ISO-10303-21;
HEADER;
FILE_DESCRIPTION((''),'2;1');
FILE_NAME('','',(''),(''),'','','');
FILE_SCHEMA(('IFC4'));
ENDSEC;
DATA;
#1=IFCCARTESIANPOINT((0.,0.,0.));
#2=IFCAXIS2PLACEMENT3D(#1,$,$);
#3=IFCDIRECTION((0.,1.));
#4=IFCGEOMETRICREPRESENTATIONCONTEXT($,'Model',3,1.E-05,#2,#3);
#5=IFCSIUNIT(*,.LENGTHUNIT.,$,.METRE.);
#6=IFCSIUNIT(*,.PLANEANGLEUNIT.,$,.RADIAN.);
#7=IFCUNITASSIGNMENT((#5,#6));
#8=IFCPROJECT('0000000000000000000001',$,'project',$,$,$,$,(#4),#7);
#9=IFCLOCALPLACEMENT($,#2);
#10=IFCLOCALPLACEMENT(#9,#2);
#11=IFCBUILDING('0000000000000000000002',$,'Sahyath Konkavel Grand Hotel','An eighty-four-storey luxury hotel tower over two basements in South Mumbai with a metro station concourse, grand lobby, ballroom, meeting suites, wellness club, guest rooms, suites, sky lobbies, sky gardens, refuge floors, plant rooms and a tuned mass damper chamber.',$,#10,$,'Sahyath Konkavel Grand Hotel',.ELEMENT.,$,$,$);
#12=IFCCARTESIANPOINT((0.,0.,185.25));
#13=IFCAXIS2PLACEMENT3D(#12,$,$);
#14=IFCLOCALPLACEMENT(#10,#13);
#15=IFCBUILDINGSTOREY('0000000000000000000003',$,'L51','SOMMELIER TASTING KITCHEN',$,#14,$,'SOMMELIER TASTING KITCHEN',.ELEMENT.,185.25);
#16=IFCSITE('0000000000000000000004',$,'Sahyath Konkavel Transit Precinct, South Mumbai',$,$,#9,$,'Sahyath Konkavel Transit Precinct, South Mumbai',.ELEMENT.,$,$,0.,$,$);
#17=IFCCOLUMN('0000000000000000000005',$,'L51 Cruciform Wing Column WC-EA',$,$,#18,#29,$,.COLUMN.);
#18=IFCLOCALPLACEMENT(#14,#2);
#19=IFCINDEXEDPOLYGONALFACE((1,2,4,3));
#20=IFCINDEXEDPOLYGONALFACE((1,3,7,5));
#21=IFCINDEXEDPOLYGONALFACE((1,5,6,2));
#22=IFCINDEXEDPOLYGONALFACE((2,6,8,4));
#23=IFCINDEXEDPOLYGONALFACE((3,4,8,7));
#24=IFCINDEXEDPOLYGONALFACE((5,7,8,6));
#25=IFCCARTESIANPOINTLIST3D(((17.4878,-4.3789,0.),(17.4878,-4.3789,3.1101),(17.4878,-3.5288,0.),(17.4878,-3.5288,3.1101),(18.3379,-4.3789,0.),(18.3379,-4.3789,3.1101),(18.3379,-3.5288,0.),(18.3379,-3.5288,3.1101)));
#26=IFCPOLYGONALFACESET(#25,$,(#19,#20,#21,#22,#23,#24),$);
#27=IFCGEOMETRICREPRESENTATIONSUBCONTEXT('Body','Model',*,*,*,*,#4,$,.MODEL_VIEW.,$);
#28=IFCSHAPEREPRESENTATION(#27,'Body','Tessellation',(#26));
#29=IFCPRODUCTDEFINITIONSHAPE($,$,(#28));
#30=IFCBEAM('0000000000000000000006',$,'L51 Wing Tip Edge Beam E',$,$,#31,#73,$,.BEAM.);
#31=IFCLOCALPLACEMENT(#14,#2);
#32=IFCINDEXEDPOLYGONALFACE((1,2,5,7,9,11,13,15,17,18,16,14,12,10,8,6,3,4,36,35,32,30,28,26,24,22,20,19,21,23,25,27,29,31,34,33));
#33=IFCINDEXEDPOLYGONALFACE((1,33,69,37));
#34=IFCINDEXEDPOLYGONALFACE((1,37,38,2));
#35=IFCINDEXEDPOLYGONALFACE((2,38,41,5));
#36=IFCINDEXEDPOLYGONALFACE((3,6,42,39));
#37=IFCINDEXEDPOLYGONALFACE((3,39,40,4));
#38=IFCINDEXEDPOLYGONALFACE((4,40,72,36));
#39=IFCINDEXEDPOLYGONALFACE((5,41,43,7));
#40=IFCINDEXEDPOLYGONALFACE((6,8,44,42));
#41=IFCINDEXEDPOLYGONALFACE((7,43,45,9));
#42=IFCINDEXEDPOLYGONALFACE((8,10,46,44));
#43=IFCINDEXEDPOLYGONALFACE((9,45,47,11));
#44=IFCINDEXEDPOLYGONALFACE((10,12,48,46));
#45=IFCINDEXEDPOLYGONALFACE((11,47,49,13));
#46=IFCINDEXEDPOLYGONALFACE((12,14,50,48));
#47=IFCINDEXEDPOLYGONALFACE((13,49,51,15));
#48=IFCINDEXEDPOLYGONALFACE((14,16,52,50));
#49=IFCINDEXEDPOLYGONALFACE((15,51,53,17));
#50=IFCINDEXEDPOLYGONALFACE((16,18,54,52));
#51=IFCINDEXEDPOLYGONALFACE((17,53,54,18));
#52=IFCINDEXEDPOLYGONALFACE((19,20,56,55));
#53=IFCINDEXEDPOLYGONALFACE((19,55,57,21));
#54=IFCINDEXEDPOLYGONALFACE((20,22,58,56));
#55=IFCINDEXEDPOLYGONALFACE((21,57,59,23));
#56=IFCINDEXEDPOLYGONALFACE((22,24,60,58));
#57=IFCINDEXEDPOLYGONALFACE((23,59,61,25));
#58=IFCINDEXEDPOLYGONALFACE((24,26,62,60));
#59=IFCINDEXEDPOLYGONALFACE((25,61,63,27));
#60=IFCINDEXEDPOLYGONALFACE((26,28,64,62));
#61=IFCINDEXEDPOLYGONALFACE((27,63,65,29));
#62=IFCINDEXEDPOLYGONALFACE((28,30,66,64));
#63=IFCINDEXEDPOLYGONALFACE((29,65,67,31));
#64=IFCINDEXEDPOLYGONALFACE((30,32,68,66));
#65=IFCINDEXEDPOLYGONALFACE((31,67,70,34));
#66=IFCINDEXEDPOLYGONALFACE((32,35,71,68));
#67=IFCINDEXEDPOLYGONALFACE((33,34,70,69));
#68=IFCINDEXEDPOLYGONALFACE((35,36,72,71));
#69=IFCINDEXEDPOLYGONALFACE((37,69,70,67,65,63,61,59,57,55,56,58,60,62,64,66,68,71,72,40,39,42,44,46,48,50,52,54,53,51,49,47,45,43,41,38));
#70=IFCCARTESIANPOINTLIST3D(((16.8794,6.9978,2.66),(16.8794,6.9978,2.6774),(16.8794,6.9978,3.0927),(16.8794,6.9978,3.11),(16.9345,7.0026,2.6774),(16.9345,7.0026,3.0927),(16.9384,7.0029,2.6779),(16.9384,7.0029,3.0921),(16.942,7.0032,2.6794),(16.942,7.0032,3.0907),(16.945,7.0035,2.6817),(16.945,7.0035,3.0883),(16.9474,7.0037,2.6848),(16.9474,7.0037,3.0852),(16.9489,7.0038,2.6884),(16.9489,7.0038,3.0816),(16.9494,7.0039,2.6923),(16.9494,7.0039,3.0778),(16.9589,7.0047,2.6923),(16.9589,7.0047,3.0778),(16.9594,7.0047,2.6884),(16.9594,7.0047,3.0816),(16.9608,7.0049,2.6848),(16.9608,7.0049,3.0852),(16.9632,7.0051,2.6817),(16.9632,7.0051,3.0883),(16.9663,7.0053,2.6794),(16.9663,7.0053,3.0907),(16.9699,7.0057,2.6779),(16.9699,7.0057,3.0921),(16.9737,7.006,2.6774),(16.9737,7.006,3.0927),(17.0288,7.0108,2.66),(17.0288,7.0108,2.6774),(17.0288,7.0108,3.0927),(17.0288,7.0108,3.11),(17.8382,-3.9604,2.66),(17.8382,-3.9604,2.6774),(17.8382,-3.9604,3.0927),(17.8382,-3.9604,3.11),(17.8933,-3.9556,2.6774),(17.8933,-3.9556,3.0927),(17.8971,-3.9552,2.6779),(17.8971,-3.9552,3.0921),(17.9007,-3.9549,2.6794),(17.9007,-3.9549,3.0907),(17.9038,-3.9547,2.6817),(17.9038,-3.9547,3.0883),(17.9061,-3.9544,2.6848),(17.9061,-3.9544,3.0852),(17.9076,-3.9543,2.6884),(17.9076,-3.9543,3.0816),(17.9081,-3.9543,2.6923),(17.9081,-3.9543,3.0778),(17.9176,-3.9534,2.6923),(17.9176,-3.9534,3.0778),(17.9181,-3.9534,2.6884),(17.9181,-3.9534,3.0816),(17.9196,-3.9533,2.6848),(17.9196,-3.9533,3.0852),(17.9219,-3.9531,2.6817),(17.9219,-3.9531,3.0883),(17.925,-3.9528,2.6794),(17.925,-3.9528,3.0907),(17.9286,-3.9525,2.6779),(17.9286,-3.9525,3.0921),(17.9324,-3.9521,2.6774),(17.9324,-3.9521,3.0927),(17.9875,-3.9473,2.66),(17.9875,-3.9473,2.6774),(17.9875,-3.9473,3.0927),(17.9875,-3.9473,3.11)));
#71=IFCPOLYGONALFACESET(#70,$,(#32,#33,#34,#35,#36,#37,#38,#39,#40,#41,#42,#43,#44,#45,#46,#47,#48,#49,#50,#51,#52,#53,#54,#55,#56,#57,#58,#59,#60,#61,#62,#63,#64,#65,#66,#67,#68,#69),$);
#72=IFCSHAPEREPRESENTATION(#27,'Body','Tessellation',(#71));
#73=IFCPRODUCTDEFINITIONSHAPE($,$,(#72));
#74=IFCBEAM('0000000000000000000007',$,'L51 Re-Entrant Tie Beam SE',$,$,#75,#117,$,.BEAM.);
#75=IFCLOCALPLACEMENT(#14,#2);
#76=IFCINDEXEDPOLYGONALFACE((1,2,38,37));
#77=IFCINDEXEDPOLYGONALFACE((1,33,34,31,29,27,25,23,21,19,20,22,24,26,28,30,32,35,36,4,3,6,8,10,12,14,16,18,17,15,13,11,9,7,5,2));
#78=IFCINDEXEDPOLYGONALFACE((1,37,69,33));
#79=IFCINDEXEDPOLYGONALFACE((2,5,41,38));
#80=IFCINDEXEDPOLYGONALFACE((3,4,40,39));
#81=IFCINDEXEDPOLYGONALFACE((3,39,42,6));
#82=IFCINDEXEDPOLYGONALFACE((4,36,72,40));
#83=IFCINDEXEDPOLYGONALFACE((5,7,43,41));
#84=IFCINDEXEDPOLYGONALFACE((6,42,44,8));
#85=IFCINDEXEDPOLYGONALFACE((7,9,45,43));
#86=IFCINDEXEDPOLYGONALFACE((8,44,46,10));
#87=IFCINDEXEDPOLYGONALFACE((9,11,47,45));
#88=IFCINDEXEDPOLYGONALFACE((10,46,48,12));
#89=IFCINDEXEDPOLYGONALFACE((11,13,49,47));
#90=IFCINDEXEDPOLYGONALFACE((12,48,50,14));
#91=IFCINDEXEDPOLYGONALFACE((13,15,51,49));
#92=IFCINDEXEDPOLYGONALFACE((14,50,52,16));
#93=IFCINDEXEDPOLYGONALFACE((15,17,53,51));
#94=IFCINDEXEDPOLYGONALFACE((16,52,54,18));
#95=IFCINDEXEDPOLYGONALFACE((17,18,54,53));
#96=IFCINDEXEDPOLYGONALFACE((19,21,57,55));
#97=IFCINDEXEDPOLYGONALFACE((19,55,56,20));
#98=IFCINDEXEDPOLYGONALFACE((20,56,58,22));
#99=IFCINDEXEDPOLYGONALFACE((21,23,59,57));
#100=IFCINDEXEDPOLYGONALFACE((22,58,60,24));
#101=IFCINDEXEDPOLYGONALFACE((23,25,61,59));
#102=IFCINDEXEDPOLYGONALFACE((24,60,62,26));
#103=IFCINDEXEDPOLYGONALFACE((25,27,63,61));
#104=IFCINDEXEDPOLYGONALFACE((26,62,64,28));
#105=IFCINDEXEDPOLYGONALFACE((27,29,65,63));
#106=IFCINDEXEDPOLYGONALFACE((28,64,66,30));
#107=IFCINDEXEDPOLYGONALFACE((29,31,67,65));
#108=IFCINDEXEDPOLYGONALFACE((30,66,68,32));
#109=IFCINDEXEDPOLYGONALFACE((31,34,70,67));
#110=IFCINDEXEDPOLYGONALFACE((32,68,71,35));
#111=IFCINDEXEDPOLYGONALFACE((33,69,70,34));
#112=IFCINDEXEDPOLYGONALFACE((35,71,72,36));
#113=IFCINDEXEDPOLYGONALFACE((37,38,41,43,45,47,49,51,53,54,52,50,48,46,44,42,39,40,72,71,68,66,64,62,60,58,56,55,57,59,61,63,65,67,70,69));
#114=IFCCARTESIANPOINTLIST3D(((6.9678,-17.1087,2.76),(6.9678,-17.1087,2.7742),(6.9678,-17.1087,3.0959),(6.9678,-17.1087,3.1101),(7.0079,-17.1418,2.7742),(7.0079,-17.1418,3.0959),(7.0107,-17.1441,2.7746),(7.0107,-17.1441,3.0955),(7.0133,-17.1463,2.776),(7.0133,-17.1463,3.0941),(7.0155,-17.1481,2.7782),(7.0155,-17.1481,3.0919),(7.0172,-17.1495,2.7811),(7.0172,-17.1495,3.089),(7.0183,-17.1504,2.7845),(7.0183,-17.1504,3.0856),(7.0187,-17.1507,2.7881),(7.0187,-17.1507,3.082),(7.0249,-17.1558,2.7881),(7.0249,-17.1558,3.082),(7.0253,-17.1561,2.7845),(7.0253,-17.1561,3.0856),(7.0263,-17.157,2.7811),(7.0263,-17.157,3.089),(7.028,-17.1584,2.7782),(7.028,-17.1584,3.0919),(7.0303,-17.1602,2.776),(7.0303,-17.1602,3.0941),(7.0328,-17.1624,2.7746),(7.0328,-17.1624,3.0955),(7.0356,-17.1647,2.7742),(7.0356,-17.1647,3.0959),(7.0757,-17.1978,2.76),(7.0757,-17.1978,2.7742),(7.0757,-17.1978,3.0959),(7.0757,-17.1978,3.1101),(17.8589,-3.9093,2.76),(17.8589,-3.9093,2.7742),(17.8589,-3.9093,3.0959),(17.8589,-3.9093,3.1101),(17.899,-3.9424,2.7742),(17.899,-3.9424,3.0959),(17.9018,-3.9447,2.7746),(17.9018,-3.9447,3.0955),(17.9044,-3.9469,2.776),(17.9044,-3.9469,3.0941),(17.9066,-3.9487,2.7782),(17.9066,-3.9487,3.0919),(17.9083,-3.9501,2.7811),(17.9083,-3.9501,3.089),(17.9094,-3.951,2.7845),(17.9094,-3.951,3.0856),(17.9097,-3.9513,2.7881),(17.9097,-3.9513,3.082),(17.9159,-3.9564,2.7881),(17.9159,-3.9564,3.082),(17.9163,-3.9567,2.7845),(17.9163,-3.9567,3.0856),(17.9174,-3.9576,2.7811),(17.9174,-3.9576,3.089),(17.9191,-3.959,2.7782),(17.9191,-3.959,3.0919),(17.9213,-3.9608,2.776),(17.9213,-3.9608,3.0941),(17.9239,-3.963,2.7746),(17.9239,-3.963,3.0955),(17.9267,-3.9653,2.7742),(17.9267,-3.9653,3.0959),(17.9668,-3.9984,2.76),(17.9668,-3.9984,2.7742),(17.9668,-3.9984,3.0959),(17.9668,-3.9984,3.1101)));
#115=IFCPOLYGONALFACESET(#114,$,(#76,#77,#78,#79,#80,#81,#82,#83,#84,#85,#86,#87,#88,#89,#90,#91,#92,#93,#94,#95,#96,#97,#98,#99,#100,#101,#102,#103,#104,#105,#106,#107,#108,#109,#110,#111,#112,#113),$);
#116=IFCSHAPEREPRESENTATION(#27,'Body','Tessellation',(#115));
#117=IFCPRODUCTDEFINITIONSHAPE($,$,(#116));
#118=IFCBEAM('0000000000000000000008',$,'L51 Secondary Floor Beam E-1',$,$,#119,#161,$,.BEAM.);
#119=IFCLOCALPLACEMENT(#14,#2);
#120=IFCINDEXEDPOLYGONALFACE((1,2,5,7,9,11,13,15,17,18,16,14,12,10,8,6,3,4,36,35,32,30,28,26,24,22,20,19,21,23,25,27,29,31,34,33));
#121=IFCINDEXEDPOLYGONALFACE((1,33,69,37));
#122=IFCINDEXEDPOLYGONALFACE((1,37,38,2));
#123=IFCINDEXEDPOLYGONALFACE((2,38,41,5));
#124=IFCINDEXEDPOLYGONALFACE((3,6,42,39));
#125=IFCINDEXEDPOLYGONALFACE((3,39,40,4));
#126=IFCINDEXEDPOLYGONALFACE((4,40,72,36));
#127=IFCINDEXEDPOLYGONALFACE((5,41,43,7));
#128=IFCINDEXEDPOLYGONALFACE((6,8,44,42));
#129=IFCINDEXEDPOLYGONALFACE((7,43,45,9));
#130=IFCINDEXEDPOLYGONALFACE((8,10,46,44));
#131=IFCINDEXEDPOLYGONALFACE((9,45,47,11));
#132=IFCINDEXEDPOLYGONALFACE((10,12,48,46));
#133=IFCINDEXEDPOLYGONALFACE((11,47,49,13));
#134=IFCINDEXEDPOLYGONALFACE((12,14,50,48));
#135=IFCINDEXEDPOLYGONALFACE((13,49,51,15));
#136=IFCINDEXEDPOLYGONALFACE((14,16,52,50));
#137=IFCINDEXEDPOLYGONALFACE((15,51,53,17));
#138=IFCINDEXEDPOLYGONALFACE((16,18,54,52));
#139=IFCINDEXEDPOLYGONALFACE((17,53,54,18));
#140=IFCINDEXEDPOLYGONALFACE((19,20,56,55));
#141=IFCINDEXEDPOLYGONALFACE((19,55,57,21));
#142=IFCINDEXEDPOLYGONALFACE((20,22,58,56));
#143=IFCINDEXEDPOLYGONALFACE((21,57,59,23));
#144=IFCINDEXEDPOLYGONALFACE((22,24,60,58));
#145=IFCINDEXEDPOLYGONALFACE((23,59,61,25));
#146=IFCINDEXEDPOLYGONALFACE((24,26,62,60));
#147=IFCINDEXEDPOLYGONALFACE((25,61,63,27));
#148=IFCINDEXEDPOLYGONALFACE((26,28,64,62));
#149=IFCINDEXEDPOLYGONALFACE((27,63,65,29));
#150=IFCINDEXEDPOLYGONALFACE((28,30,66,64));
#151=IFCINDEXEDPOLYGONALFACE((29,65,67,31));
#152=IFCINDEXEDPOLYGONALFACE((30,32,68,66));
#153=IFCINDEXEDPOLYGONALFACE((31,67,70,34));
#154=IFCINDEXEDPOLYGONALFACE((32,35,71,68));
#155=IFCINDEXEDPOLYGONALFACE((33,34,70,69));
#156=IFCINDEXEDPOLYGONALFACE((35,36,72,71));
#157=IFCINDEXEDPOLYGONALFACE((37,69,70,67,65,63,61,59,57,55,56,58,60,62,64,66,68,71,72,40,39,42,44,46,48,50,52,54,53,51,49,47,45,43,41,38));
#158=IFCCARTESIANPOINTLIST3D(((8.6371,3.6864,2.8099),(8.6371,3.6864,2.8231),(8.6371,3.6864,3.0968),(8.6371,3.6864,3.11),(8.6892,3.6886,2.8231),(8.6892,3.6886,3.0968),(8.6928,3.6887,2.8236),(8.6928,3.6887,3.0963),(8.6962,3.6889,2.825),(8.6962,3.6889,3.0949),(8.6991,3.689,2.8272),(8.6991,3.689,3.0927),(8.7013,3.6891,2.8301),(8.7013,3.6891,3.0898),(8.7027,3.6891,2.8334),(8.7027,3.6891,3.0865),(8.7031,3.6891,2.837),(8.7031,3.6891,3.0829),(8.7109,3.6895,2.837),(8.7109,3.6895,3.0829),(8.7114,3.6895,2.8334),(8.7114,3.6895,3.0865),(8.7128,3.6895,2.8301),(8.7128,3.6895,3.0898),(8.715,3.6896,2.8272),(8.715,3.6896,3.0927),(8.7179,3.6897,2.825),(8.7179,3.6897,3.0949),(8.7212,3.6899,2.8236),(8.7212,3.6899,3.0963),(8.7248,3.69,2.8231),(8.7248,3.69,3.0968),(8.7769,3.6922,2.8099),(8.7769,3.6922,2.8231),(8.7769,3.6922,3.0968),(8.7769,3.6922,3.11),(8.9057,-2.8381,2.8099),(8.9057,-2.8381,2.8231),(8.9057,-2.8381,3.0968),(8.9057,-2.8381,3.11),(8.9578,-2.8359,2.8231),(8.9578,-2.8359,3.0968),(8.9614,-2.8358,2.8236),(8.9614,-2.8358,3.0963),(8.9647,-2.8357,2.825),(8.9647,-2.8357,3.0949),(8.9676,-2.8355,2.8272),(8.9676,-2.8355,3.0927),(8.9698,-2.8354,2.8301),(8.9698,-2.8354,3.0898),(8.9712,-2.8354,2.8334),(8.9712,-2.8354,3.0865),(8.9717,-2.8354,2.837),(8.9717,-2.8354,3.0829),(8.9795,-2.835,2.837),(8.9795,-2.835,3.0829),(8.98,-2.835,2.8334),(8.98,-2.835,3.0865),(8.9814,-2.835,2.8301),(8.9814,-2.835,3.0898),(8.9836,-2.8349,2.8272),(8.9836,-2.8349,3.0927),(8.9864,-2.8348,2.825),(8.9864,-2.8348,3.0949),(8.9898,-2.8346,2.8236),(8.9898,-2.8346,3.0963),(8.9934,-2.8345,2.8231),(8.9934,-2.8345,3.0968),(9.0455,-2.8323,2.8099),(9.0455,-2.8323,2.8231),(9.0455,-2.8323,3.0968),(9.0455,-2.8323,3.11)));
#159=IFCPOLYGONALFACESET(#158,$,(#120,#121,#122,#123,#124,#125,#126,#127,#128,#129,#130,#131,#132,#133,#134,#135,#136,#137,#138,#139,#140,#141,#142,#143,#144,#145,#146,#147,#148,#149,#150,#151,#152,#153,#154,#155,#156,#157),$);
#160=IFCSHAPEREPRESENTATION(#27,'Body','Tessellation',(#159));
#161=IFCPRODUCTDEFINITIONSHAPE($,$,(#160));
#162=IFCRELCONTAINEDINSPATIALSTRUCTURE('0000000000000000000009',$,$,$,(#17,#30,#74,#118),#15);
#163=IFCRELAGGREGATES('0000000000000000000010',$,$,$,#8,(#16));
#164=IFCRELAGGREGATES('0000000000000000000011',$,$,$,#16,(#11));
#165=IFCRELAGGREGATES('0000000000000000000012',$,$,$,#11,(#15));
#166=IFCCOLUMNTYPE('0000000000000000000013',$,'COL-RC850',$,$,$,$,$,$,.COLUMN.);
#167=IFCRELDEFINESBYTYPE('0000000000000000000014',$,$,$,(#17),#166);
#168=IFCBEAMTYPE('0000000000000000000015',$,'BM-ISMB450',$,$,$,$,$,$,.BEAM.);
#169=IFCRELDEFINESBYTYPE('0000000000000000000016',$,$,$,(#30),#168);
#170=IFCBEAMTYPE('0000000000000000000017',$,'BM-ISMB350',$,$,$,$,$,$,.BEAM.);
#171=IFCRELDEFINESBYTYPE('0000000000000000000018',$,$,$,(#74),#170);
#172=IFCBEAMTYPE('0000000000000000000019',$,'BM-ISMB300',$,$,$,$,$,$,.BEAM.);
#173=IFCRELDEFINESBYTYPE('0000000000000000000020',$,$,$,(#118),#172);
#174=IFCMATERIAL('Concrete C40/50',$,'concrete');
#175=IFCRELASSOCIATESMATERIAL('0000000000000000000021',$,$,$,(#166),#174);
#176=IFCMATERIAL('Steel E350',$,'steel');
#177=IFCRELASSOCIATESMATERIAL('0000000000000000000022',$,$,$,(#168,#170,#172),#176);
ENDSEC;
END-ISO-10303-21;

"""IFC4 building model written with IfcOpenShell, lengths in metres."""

from ifc_helpers import new_model, si_unit, direction, frame, origin, origin_2d, place, context, subcontext, project, spatial, rectangle, i_section, extrude, source, transform, mapped, material, material_profile, profile_set, type_object, element, save


model = new_model("IFC4")

# Units and contexts
model_context = context("Model", 3, precision=1e-05, world=origin(), true_north=direction((0.0, 1.0)))
body_context = subcontext(model_context, "Body", "Model", "MODEL_VIEW")
ifc_project = project(units=[si_unit("LENGTHUNIT", "METRE"), si_unit("PLANEANGLEUNIT", "RADIAN")], contexts=[model_context])

# Site, building, storey
site_placement = place(None, origin())
site = spatial("IfcSite", under=ifc_project, at=site_placement, Name="Sahyath Konkavel Transit Precinct, South Mumbai", LongName="Sahyath Konkavel Transit Precinct, South Mumbai", CompositionType="ELEMENT", RefElevation=0.0)
building_placement = place(site_placement, origin())
building = spatial("IfcBuilding", under=site, at=building_placement, Name="Sahyath Konkavel Grand Hotel", Description="An eighty-four-storey luxury hotel tower over two basements in South Mumbai with a metro station concourse, grand lobby, ballroom, meeting suites, wellness club, guest rooms, suites, sky lobbies, sky gardens, refuge floors, plant rooms and a tuned mass damper chamber.", LongName="Sahyath Konkavel Grand Hotel", CompositionType="ELEMENT")
storey_placement = place(building_placement, frame((0.0, 0.0, 185.25)))
storey = spatial("IfcBuildingStorey", under=building, at=storey_placement, Name="L51", Description="SOMMELIER TASTING KITCHEN", LongName="SOMMELIER TASTING KITCHEN", CompositionType="ELEMENT", Elevation=185.25)

# Column
ifc_material_1 = material(Name="Concrete C40/50", Category="concrete")
ifc_material_profile_1 = material_profile(ifc_material_1, rectangle(XDim=0.8501, YDim=0.8501, at=origin_2d()), Name="RC 850x850")
ifc_profile_set_1 = profile_set([ifc_material_profile_1], Name="Concrete C40/50")
column_type = type_object("IfcColumnType", Name="COL-RC850", PredefinedType="COLUMN", material=ifc_profile_set_1)
shared_shape_1 = source(origin(), body_context, "Body", "SweptSolid", [
    extrude(rectangle(XDim=0.8501, YDim=0.8501, at=origin_2d()), origin(), (0.0, 0.0, 1.0), 3.1101),
])
column_placement = place(storey_placement, frame((17.9128, -3.9539, 0.0), z_axis=(0.0, 0.0, 1.0), x_axis=(1.0, 0.0, 0.0)))
element("IfcColumn", 1, at=column_placement, inside=storey, type_object=column_type, Name="L51 Cruciform Wing Column WC-EA", PredefinedType="COLUMN", context=body_context, shape_type="MappedRepresentation", body=[
    mapped(shared_shape_1, transform((0.0, 0.0, 0.0), scale=1.0)),
])

# Beams
ifc_material_2 = material(Name="Steel E350", Category="steel")
ifc_material_profile_2 = material_profile(ifc_material_2, i_section(OverallWidth=0.1499, OverallDepth=0.45, WebThickness=0.0095, FlangeThickness=0.0173, FilletRadius=0.0149, at=origin_2d()), Name="ISMB 450")
ifc_profile_set_2 = profile_set([ifc_material_profile_2], Name="Steel E350")
beam_type_1 = type_object("IfcBeamType", Name="BM-ISMB450", PredefinedType="BEAM", material=ifc_profile_set_2)
shared_shape_2 = source(origin(), body_context, "Body", "SweptSolid", [
    extrude(i_section(OverallWidth=0.1499, OverallDepth=0.45, WebThickness=0.0095, FlangeThickness=0.0173, FilletRadius=0.0149, at=origin_2d()), origin(), (0.0, 0.0, 1.0), 11.0),
])
beam_1_placement = place(storey_placement, frame((17.9128, -3.9539, 2.885), z_axis=(-0.087157, 0.996195, 0.0), x_axis=(-0.996195, -0.087157, 0.0)))
element("IfcBeam", 2, at=beam_1_placement, inside=storey, type_object=beam_type_1, Name="L51 Wing Tip Edge Beam E", PredefinedType="BEAM", context=body_context, shape_type="MappedRepresentation", body=[
    mapped(shared_shape_2, transform((0.0, 0.0, 0.0), scale=1.0)),
])
ifc_material_profile_3 = material_profile(ifc_material_2, i_section(OverallWidth=0.1399, OverallDepth=0.3501, WebThickness=0.0081, FlangeThickness=0.0142, FilletRadius=0.0139, at=origin_2d()), Name="ISMB 350")
ifc_profile_set_3 = profile_set([ifc_material_profile_3], Name="Steel E350")
beam_type_2 = type_object("IfcBeamType", Name="BM-ISMB350", PredefinedType="BEAM", material=ifc_profile_set_3)
shared_shape_3 = source(origin(), body_context, "Body", "SweptSolid", [
    extrude(i_section(OverallWidth=0.1399, OverallDepth=0.3501, WebThickness=0.0081, FlangeThickness=0.0142, FilletRadius=0.0139, at=origin_2d()), origin(), (0.0, 0.0, 1.0), 17.1125),
])
beam_2_placement = place(storey_placement, frame((17.9128, -3.9539, 2.9351), z_axis=(-0.636437, -0.771329, 0.0), x_axis=(0.771329, -0.636437, 0.0)))
element("IfcBeam", 3, at=beam_2_placement, inside=storey, type_object=beam_type_2, Name="L51 Re-Entrant Tie Beam SE", PredefinedType="BEAM", context=body_context, shape_type="MappedRepresentation", body=[
    mapped(shared_shape_3, transform((0.0, 0.0, 0.0), scale=1.0)),
])
ifc_material_profile_4 = material_profile(ifc_material_2, i_section(OverallWidth=0.1399, OverallDepth=0.3, WebThickness=0.0078, FlangeThickness=0.0132, FilletRadius=0.0139, at=origin_2d()), Name="ISMB 300")
ifc_profile_set_4 = profile_set([ifc_material_profile_4], Name="Steel E350")
beam_type_3 = type_object("IfcBeamType", Name="BM-ISMB300", PredefinedType="BEAM", material=ifc_profile_set_4)
shared_shape_4 = source(origin(), body_context, "Body", "SweptSolid", [
    extrude(i_section(OverallWidth=0.1399, OverallDepth=0.3, WebThickness=0.0078, FlangeThickness=0.0132, FilletRadius=0.0139, at=origin_2d()), origin(), (0.0, 0.0, 1.0), 6.53),
])
beam_3_placement = place(storey_placement, frame((8.9756, -2.8352, 2.96), z_axis=(-0.041127, 0.999154, 0.0), x_axis=(-0.999154, -0.041127, 0.0)))
element("IfcBeam", 4, at=beam_3_placement, inside=storey, type_object=beam_type_3, Name="L51 Secondary Floor Beam E-1", PredefinedType="BEAM", context=body_context, shape_type="MappedRepresentation", body=[
    mapped(shared_shape_4, transform((0.0, 0.0, 0.0), scale=1.0)),
])

save(model, "model.ifc")
